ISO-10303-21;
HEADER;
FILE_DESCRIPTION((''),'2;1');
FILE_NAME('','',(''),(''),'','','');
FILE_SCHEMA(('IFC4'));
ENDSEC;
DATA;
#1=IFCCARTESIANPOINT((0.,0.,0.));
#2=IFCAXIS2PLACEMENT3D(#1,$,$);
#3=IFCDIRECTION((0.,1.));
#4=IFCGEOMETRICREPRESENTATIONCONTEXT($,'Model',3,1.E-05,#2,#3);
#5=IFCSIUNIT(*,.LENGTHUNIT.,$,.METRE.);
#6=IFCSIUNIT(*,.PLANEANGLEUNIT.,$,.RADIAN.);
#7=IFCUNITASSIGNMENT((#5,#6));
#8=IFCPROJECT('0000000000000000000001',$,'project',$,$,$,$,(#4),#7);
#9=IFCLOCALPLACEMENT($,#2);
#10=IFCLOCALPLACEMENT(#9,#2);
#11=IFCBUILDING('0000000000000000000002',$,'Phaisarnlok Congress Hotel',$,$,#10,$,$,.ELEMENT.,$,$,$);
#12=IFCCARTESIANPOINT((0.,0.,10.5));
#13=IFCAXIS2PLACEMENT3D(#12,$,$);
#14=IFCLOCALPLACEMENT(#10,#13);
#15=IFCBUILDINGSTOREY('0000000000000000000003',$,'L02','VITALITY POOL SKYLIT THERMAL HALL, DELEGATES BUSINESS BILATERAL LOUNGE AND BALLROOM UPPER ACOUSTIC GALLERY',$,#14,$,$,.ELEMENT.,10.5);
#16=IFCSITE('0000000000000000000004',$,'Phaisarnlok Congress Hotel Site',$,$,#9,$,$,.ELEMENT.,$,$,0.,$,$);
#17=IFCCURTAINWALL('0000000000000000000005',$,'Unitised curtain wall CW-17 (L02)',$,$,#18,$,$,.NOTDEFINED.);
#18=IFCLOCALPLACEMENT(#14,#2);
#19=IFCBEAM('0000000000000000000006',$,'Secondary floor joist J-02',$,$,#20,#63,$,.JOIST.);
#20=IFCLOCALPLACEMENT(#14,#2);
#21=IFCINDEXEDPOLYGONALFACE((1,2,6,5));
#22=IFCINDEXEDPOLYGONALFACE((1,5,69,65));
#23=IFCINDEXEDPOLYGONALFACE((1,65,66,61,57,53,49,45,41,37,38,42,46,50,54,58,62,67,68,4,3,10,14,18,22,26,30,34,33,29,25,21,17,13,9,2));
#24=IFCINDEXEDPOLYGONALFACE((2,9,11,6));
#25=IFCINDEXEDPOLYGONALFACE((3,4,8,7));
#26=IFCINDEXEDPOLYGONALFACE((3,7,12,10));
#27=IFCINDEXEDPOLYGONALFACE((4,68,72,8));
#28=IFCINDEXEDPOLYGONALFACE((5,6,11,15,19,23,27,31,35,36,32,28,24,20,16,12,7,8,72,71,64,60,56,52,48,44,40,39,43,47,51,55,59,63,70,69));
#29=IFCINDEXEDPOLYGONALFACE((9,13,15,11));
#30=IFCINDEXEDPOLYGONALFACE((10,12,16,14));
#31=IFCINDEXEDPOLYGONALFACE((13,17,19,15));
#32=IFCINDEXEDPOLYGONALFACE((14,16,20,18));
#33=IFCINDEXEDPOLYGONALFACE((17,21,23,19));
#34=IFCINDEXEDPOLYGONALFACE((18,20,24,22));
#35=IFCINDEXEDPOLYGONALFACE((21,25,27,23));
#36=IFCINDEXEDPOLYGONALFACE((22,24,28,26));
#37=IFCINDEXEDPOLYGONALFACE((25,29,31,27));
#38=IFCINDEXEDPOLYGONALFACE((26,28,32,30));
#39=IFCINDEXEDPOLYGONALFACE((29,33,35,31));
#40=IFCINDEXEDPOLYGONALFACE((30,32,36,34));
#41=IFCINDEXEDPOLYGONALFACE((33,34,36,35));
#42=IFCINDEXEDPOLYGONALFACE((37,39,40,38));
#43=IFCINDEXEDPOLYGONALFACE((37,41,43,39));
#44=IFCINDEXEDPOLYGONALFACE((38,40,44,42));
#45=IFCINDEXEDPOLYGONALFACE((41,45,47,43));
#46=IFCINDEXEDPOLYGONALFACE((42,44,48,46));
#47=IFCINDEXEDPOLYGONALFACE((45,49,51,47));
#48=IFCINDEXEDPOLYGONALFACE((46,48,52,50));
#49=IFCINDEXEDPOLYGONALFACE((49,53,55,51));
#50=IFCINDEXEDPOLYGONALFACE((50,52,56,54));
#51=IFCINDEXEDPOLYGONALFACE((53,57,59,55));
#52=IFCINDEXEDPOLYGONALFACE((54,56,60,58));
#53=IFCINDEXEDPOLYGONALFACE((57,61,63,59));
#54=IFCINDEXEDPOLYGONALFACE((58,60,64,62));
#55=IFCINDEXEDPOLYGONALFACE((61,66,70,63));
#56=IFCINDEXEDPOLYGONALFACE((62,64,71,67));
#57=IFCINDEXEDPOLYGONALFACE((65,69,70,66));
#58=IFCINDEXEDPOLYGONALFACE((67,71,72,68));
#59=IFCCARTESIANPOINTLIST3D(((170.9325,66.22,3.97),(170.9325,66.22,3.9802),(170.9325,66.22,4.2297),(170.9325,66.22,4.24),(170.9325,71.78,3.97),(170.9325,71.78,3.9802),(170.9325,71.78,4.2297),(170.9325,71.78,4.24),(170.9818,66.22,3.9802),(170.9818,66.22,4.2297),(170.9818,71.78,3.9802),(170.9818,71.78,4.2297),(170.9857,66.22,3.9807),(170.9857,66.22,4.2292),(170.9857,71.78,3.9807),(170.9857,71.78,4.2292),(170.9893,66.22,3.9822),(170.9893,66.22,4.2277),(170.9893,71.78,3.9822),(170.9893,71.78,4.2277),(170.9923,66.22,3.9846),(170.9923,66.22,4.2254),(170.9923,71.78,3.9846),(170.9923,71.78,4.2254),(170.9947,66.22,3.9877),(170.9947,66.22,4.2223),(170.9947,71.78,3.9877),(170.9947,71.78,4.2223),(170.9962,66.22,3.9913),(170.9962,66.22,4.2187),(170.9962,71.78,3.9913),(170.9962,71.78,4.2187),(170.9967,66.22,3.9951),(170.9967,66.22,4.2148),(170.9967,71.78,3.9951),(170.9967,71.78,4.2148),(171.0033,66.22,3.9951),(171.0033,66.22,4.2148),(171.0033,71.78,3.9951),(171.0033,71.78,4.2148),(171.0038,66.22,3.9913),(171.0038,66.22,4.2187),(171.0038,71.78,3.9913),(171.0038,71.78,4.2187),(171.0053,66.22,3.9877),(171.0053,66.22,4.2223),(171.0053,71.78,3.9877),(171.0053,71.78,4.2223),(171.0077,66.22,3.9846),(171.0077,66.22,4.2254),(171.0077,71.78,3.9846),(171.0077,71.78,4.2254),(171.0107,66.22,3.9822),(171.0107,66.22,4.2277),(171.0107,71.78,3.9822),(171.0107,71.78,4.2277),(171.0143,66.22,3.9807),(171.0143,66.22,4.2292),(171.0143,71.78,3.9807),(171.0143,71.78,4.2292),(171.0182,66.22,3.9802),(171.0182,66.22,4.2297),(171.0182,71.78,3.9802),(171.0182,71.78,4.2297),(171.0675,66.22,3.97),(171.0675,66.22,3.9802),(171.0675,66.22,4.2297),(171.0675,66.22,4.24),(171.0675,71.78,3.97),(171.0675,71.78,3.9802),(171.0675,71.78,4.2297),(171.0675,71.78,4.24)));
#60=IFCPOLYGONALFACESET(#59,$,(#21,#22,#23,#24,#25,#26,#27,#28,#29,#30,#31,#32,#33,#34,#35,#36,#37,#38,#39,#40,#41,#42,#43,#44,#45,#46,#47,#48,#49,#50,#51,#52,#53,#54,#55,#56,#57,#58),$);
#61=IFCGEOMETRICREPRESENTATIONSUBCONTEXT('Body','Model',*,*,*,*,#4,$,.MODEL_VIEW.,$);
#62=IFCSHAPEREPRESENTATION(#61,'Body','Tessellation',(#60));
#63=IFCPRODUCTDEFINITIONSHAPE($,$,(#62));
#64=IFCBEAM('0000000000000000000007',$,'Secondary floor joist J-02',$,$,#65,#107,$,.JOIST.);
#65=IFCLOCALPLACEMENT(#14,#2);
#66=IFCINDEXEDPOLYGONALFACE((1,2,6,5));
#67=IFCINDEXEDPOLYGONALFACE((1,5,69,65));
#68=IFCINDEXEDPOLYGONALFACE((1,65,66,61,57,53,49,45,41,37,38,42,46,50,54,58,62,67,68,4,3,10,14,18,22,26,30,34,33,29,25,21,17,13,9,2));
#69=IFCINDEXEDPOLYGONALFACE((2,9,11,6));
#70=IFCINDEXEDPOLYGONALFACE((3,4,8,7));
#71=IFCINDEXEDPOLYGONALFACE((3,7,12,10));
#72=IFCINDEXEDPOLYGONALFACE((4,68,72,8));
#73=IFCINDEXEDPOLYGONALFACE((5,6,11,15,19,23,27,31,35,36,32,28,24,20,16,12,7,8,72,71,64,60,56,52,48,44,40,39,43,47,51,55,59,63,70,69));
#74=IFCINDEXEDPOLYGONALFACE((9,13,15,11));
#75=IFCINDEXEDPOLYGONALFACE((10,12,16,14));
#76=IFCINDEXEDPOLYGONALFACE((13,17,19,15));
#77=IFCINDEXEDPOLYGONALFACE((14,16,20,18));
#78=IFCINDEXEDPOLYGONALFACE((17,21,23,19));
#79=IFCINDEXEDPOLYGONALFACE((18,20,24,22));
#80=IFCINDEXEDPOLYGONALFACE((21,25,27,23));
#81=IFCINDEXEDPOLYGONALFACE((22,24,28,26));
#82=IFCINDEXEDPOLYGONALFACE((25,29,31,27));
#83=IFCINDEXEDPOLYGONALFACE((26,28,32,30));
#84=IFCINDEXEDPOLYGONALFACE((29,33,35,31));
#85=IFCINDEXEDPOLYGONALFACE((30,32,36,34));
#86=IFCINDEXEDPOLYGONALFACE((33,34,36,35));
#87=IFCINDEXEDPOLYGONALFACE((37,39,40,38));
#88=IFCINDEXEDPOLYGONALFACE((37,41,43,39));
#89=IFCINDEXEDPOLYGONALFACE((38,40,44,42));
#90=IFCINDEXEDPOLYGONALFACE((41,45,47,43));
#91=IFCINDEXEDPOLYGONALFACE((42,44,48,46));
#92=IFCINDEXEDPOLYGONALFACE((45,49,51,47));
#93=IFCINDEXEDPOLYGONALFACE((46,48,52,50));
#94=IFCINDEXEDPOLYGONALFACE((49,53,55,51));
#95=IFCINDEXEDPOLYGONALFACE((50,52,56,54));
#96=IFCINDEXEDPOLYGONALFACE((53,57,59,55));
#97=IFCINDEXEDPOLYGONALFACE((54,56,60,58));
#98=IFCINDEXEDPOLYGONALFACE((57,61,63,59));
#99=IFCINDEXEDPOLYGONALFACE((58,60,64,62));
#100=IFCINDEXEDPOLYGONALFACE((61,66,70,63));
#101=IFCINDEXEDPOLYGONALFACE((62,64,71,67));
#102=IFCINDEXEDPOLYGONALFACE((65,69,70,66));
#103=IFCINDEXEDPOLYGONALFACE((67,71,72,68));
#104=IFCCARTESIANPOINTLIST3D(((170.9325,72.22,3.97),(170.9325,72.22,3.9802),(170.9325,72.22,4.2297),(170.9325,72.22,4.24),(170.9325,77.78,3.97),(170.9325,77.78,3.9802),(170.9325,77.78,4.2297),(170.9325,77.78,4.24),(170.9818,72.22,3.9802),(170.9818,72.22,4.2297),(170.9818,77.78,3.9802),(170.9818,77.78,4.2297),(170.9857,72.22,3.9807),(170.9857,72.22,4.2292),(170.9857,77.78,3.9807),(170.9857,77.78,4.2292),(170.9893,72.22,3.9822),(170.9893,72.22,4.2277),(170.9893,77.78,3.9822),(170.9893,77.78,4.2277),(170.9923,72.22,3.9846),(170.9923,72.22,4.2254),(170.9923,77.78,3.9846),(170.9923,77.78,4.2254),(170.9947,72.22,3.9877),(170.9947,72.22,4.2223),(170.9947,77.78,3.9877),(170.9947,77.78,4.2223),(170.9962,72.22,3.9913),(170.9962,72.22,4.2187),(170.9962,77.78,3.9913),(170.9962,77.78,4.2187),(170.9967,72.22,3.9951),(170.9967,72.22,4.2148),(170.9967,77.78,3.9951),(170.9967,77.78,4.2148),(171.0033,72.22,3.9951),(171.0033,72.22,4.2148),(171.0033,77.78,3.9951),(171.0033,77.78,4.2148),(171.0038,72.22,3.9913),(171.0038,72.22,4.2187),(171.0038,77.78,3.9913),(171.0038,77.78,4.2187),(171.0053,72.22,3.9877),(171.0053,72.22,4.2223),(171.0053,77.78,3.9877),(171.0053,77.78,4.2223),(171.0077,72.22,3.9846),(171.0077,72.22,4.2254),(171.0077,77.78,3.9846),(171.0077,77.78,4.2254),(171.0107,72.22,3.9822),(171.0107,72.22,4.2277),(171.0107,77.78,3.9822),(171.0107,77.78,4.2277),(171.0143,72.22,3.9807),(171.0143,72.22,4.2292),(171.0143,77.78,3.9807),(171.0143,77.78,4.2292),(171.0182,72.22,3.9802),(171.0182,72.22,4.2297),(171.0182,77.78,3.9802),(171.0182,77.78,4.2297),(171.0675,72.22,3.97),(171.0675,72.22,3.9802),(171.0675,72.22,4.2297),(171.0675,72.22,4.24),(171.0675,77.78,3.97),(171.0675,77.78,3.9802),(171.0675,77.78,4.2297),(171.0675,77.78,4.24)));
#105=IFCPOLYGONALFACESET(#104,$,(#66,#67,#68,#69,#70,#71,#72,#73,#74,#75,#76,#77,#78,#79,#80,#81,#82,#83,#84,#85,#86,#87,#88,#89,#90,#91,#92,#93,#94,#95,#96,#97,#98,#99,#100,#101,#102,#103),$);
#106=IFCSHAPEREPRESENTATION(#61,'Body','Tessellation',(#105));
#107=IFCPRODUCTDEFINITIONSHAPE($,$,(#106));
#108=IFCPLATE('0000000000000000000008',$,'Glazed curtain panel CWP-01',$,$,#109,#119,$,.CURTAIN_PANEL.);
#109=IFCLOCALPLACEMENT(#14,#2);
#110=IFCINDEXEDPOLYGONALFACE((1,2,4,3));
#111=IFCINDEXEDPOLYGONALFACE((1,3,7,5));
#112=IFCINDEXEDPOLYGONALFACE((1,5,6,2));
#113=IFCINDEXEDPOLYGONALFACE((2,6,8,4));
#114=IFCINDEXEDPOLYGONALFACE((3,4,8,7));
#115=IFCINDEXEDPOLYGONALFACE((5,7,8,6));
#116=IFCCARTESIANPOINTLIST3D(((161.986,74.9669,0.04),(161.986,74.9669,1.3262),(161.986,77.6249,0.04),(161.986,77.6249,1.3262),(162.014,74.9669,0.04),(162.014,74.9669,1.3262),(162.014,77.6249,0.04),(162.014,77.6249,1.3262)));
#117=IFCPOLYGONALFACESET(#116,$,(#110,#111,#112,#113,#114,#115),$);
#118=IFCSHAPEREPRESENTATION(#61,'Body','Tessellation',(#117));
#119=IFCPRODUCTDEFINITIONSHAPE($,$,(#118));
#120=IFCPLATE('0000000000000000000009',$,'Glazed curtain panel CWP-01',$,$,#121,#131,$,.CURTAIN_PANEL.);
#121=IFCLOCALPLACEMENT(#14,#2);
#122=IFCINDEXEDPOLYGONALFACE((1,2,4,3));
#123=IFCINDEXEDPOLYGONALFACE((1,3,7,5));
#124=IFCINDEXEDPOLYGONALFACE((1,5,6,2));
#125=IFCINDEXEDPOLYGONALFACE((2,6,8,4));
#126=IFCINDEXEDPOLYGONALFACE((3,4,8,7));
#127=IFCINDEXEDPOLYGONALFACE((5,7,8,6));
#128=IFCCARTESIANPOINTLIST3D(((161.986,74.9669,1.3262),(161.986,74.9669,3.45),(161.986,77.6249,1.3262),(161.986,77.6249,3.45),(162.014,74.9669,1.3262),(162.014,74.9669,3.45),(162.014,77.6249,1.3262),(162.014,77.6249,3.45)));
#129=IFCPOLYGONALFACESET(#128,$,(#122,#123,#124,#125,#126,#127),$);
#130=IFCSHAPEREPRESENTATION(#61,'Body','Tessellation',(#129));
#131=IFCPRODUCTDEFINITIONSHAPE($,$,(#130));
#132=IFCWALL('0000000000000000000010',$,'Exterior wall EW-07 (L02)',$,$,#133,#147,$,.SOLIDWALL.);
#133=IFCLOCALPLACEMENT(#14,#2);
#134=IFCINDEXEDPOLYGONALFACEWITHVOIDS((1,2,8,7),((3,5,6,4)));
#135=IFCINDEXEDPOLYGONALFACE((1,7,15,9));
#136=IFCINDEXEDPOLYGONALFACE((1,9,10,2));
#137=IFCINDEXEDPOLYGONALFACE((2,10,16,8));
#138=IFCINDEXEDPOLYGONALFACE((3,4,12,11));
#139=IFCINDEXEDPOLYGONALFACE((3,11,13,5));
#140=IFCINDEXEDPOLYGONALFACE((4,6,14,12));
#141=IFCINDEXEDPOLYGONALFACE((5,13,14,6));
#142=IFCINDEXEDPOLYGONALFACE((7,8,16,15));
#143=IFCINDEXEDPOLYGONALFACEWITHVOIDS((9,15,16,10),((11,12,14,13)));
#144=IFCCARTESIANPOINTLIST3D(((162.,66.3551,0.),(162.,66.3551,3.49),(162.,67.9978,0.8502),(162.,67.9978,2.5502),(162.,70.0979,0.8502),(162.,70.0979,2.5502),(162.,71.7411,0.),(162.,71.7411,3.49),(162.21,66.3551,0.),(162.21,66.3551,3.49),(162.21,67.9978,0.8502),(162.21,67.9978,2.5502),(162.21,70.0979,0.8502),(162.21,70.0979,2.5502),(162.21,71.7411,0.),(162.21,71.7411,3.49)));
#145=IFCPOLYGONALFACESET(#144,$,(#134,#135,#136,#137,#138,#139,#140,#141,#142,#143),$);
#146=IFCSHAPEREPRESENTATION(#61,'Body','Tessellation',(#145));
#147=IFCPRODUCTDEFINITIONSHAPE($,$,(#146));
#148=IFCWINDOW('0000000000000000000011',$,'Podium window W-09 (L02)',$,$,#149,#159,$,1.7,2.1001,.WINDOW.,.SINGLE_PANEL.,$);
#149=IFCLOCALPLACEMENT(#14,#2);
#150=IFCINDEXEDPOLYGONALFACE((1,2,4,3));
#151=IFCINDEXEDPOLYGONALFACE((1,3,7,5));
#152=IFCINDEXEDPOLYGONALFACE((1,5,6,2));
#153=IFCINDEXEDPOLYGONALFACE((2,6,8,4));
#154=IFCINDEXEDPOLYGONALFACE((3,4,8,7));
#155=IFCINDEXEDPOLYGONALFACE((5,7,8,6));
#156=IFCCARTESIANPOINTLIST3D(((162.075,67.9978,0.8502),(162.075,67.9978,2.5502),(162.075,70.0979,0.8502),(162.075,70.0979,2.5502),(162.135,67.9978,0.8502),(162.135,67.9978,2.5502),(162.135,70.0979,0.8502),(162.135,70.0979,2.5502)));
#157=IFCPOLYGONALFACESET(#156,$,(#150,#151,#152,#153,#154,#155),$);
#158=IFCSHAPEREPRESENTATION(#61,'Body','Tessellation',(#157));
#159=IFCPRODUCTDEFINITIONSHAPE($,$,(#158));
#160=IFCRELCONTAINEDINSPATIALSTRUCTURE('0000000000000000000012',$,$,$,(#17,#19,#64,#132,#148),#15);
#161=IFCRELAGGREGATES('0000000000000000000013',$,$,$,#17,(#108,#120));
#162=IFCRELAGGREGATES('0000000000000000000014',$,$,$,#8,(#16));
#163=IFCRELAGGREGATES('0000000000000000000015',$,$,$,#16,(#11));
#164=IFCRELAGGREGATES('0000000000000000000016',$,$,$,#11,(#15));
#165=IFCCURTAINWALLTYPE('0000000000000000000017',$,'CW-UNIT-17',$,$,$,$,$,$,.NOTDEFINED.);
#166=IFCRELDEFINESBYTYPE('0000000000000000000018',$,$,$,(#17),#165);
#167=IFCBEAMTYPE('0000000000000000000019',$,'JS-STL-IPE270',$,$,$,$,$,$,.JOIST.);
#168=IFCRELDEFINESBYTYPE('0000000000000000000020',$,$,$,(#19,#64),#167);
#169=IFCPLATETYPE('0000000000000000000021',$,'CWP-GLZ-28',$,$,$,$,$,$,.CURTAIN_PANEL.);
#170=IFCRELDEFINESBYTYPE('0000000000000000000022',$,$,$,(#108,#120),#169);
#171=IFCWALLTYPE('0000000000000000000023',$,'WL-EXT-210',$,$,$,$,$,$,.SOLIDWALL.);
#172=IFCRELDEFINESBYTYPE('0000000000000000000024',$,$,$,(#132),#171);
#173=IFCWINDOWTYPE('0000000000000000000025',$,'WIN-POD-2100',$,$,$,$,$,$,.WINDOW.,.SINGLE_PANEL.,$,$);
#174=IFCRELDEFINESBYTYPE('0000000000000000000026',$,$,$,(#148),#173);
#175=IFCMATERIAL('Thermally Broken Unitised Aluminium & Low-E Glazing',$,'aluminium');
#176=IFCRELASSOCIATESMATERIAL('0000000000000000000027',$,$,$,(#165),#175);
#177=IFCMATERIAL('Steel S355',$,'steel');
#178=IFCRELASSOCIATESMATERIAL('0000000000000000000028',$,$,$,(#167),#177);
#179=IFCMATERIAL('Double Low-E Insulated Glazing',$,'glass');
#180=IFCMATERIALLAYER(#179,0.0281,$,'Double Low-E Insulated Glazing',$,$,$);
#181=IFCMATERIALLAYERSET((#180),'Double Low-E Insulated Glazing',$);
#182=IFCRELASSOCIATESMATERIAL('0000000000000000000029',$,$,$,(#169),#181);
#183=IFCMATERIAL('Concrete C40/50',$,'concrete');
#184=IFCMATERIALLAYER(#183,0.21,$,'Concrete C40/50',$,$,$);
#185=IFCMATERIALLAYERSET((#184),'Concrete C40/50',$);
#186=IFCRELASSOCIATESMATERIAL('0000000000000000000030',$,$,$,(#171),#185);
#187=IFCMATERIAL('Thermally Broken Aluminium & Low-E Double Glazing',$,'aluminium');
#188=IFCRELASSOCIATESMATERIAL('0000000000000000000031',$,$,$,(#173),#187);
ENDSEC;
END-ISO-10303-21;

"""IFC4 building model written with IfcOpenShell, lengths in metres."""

from ifc_helpers import new_model, si_unit, direction, frame, frame_2d, origin, origin_2d, place, context, subcontext, project, spatial, rectangle, i_section, extrude, material, layer, layer_set, material_profile, profile_set, type_object, element, fill, aggregate, save


model = new_model("IFC4")

# Units and contexts
model_context = context("Model", 3, precision=1e-05, world=origin(), true_north=direction((0.0, 1.0)))
body_context = subcontext(model_context, "Body", "Model", "MODEL_VIEW")
ifc_project = project(units=[si_unit("LENGTHUNIT", "METRE"), si_unit("PLANEANGLEUNIT", "RADIAN")], contexts=[model_context])

# Site, building, storey
site_placement = place(None, origin())
site = spatial("IfcSite", under=ifc_project, at=site_placement, Name="Phaisarnlok Congress Hotel Site", CompositionType="ELEMENT", RefElevation=0.0)
building_placement = place(site_placement, origin())
building = spatial("IfcBuilding", under=site, at=building_placement, Name="Phaisarnlok Congress Hotel", CompositionType="ELEMENT")
storey_placement = place(building_placement, frame((0.0, 0.0, 10.5)))
storey = spatial("IfcBuildingStorey", under=building, at=storey_placement, Name="L02", Description="VITALITY POOL SKYLIT THERMAL HALL, DELEGATES BUSINESS BILATERAL LOUNGE AND BALLROOM UPPER ACOUSTIC GALLERY", CompositionType="ELEMENT", Elevation=10.5)

# Shared definitions
ifc_material_1 = material(Name="Concrete C40/50", Category="concrete")
ifc_material_2 = material(Name="Steel S355", Category="steel")

# Curtain wall
ifc_material_3 = material(Name="Thermally Broken Unitised Aluminium & Low-E Glazing", Category="aluminium")
curtain_wall_type = type_object("IfcCurtainWallType", Name="CW-UNIT-17", PredefinedType="NOTDEFINED", material=ifc_material_3)
curtain_wall_placement = place(storey_placement, origin())
curtain_wall = element("IfcCurtainWall", 1, at=curtain_wall_placement, inside=storey, type_object=curtain_wall_type, Name="Unitised curtain wall CW-17 (L02)", PredefinedType="NOTDEFINED")

# Beams
ifc_material_profile_1 = material_profile(ifc_material_2, i_section(OverallWidth=0.135, OverallDepth=0.27, WebThickness=0.0066, FlangeThickness=0.0103, FilletRadius=0.0149, at=origin_2d()), Name="IPE 270")
ifc_profile_set_1 = profile_set([ifc_material_profile_1], Name="Steel S355")
beam_type_1 = type_object("IfcBeamType", Name="JS-STL-IPE270", PredefinedType="JOIST", material=ifc_profile_set_1)
for number, where, z_axis, x_axis, name in (
    (2, (171.0, 66.22, 4.105), (0.0, 1.0, 0.0), (-1.0, 0.0, 0.0), "Secondary floor joist J-02"),
    (3, (171.0, 72.22, 4.105), (0.0, 1.0, 0.0), (-1.0, 0.0, 0.0), "Secondary floor joist J-02"),
):
    element("IfcBeam", number, at=place(storey_placement, frame(where, z_axis=z_axis, x_axis=x_axis)), inside=storey, type_object=beam_type_1, Name=name, PredefinedType="JOIST", context=body_context, shape_type="SweptSolid", body=[
        extrude(i_section(OverallWidth=0.135, OverallDepth=0.27, WebThickness=0.0066, FlangeThickness=0.0103, FilletRadius=0.0149, at=origin_2d()), origin(), (0.0, 0.0, 1.0), 5.5601),
    ])

# Plates
ifc_material_4 = material(Name="Double Low-E Insulated Glazing", Category="glass")
ifc_layer_1 = layer(ifc_material_4, 0.0281, Name="Double Low-E Insulated Glazing")
ifc_layer_set_1 = layer_set([ifc_layer_1], Name="Double Low-E Insulated Glazing")
plate_type = type_object("IfcPlateType", Name="CWP-GLZ-28", PredefinedType="CURTAIN_PANEL", material=ifc_layer_set_1)
plate_1_placement = place(storey_placement, frame((162.0, 77.625, 0.04), z_axis=(0.0, 0.0, 1.0), x_axis=(0.0, -1.0, 0.0)))
plate_1 = element("IfcPlate", 4, at=plate_1_placement, type_object=plate_type, Name="Glazed curtain panel CWP-01", PredefinedType="CURTAIN_PANEL", context=body_context, shape_type="SweptSolid", body=[
    extrude(rectangle(XDim=2.658, YDim=0.0281, at=frame_2d((1.3291, 0.0))), origin(), (0.0, 0.0, 1.0), 1.2861),
])
plate_2_placement = place(storey_placement, frame((162.0, 77.625, 1.3262), z_axis=(0.0, 0.0, 1.0), x_axis=(0.0, -1.0, 0.0)))
plate_2 = element("IfcPlate", 5, at=plate_2_placement, type_object=plate_type, Name="Glazed curtain panel CWP-01", PredefinedType="CURTAIN_PANEL", context=body_context, shape_type="SweptSolid", body=[
    extrude(rectangle(XDim=2.658, YDim=0.0281, at=frame_2d((1.3291, 0.0))), origin(), (0.0, 0.0, 1.0), 2.1238),
])
aggregate(curtain_wall, [plate_1, plate_2])

# Wall, opening, window
ifc_layer_2 = layer(ifc_material_1, 0.21, Name="Concrete C40/50")
ifc_layer_set_2 = layer_set([ifc_layer_2], Name="Concrete C40/50")
wall_type = type_object("IfcWallType", Name="WL-EXT-210", PredefinedType="SOLIDWALL", material=ifc_layer_set_2)
wall_placement = place(storey_placement, frame((162.105, 71.741, 0.0), z_axis=(0.0, 0.0, 1.0), x_axis=(0.0, -1.0, 0.0)))
wall = element("IfcWall", 6, at=wall_placement, inside=storey, type_object=wall_type, Name="Exterior wall EW-07 (L02)", PredefinedType="SOLIDWALL", context=body_context, shape_type="SweptSolid", body=[
    extrude(rectangle(XDim=5.386, YDim=0.21, at=frame_2d((2.6929, 0.0))), origin(), (0.0, 0.0, 1.0), 3.49),
])
opening_placement = place(wall_placement, frame((1.6431, 0.0, 0.8501)))
opening = element("IfcOpeningElement", 7, at=opening_placement, cuts=wall, PredefinedType="OPENING", context=body_context, shape_type="SweptSolid", body=[
    extrude(rectangle(XDim=2.1001, YDim=1.7, at=frame_2d((1.05, 0.8501))), frame((0.0, 0.115, 0.0), z_axis=(0.0, -1.0, 0.0), x_axis=(1.0, 0.0, 0.0)), (0.0, 0.0, 1.0), 0.23),
])
ifc_material_5 = material(Name="Thermally Broken Aluminium & Low-E Double Glazing", Category="aluminium")
window_type = type_object("IfcWindowType", Name="WIN-POD-2100", PartitioningType="SINGLE_PANEL", PredefinedType="WINDOW", material=ifc_material_5)
window_placement = place(opening_placement, origin())
window = element("IfcWindow", 8, at=window_placement, inside=storey, type_object=window_type, Name="Podium window W-09 (L02)", OverallHeight=1.7, OverallWidth=2.1001, PartitioningType="SINGLE_PANEL", PredefinedType="WINDOW", context=body_context, shape_type="SweptSolid", body=[
    extrude(rectangle(XDim=2.1001, YDim=1.7, at=frame_2d((1.05, 0.8501))), frame((0.0, 0.03, 0.0), z_axis=(0.0, -1.0, 0.0), x_axis=(1.0, 0.0, 0.0)), (0.0, 0.0, 1.0), 0.0601),
])
fill(opening, window)

save(model, "model.ifc")
